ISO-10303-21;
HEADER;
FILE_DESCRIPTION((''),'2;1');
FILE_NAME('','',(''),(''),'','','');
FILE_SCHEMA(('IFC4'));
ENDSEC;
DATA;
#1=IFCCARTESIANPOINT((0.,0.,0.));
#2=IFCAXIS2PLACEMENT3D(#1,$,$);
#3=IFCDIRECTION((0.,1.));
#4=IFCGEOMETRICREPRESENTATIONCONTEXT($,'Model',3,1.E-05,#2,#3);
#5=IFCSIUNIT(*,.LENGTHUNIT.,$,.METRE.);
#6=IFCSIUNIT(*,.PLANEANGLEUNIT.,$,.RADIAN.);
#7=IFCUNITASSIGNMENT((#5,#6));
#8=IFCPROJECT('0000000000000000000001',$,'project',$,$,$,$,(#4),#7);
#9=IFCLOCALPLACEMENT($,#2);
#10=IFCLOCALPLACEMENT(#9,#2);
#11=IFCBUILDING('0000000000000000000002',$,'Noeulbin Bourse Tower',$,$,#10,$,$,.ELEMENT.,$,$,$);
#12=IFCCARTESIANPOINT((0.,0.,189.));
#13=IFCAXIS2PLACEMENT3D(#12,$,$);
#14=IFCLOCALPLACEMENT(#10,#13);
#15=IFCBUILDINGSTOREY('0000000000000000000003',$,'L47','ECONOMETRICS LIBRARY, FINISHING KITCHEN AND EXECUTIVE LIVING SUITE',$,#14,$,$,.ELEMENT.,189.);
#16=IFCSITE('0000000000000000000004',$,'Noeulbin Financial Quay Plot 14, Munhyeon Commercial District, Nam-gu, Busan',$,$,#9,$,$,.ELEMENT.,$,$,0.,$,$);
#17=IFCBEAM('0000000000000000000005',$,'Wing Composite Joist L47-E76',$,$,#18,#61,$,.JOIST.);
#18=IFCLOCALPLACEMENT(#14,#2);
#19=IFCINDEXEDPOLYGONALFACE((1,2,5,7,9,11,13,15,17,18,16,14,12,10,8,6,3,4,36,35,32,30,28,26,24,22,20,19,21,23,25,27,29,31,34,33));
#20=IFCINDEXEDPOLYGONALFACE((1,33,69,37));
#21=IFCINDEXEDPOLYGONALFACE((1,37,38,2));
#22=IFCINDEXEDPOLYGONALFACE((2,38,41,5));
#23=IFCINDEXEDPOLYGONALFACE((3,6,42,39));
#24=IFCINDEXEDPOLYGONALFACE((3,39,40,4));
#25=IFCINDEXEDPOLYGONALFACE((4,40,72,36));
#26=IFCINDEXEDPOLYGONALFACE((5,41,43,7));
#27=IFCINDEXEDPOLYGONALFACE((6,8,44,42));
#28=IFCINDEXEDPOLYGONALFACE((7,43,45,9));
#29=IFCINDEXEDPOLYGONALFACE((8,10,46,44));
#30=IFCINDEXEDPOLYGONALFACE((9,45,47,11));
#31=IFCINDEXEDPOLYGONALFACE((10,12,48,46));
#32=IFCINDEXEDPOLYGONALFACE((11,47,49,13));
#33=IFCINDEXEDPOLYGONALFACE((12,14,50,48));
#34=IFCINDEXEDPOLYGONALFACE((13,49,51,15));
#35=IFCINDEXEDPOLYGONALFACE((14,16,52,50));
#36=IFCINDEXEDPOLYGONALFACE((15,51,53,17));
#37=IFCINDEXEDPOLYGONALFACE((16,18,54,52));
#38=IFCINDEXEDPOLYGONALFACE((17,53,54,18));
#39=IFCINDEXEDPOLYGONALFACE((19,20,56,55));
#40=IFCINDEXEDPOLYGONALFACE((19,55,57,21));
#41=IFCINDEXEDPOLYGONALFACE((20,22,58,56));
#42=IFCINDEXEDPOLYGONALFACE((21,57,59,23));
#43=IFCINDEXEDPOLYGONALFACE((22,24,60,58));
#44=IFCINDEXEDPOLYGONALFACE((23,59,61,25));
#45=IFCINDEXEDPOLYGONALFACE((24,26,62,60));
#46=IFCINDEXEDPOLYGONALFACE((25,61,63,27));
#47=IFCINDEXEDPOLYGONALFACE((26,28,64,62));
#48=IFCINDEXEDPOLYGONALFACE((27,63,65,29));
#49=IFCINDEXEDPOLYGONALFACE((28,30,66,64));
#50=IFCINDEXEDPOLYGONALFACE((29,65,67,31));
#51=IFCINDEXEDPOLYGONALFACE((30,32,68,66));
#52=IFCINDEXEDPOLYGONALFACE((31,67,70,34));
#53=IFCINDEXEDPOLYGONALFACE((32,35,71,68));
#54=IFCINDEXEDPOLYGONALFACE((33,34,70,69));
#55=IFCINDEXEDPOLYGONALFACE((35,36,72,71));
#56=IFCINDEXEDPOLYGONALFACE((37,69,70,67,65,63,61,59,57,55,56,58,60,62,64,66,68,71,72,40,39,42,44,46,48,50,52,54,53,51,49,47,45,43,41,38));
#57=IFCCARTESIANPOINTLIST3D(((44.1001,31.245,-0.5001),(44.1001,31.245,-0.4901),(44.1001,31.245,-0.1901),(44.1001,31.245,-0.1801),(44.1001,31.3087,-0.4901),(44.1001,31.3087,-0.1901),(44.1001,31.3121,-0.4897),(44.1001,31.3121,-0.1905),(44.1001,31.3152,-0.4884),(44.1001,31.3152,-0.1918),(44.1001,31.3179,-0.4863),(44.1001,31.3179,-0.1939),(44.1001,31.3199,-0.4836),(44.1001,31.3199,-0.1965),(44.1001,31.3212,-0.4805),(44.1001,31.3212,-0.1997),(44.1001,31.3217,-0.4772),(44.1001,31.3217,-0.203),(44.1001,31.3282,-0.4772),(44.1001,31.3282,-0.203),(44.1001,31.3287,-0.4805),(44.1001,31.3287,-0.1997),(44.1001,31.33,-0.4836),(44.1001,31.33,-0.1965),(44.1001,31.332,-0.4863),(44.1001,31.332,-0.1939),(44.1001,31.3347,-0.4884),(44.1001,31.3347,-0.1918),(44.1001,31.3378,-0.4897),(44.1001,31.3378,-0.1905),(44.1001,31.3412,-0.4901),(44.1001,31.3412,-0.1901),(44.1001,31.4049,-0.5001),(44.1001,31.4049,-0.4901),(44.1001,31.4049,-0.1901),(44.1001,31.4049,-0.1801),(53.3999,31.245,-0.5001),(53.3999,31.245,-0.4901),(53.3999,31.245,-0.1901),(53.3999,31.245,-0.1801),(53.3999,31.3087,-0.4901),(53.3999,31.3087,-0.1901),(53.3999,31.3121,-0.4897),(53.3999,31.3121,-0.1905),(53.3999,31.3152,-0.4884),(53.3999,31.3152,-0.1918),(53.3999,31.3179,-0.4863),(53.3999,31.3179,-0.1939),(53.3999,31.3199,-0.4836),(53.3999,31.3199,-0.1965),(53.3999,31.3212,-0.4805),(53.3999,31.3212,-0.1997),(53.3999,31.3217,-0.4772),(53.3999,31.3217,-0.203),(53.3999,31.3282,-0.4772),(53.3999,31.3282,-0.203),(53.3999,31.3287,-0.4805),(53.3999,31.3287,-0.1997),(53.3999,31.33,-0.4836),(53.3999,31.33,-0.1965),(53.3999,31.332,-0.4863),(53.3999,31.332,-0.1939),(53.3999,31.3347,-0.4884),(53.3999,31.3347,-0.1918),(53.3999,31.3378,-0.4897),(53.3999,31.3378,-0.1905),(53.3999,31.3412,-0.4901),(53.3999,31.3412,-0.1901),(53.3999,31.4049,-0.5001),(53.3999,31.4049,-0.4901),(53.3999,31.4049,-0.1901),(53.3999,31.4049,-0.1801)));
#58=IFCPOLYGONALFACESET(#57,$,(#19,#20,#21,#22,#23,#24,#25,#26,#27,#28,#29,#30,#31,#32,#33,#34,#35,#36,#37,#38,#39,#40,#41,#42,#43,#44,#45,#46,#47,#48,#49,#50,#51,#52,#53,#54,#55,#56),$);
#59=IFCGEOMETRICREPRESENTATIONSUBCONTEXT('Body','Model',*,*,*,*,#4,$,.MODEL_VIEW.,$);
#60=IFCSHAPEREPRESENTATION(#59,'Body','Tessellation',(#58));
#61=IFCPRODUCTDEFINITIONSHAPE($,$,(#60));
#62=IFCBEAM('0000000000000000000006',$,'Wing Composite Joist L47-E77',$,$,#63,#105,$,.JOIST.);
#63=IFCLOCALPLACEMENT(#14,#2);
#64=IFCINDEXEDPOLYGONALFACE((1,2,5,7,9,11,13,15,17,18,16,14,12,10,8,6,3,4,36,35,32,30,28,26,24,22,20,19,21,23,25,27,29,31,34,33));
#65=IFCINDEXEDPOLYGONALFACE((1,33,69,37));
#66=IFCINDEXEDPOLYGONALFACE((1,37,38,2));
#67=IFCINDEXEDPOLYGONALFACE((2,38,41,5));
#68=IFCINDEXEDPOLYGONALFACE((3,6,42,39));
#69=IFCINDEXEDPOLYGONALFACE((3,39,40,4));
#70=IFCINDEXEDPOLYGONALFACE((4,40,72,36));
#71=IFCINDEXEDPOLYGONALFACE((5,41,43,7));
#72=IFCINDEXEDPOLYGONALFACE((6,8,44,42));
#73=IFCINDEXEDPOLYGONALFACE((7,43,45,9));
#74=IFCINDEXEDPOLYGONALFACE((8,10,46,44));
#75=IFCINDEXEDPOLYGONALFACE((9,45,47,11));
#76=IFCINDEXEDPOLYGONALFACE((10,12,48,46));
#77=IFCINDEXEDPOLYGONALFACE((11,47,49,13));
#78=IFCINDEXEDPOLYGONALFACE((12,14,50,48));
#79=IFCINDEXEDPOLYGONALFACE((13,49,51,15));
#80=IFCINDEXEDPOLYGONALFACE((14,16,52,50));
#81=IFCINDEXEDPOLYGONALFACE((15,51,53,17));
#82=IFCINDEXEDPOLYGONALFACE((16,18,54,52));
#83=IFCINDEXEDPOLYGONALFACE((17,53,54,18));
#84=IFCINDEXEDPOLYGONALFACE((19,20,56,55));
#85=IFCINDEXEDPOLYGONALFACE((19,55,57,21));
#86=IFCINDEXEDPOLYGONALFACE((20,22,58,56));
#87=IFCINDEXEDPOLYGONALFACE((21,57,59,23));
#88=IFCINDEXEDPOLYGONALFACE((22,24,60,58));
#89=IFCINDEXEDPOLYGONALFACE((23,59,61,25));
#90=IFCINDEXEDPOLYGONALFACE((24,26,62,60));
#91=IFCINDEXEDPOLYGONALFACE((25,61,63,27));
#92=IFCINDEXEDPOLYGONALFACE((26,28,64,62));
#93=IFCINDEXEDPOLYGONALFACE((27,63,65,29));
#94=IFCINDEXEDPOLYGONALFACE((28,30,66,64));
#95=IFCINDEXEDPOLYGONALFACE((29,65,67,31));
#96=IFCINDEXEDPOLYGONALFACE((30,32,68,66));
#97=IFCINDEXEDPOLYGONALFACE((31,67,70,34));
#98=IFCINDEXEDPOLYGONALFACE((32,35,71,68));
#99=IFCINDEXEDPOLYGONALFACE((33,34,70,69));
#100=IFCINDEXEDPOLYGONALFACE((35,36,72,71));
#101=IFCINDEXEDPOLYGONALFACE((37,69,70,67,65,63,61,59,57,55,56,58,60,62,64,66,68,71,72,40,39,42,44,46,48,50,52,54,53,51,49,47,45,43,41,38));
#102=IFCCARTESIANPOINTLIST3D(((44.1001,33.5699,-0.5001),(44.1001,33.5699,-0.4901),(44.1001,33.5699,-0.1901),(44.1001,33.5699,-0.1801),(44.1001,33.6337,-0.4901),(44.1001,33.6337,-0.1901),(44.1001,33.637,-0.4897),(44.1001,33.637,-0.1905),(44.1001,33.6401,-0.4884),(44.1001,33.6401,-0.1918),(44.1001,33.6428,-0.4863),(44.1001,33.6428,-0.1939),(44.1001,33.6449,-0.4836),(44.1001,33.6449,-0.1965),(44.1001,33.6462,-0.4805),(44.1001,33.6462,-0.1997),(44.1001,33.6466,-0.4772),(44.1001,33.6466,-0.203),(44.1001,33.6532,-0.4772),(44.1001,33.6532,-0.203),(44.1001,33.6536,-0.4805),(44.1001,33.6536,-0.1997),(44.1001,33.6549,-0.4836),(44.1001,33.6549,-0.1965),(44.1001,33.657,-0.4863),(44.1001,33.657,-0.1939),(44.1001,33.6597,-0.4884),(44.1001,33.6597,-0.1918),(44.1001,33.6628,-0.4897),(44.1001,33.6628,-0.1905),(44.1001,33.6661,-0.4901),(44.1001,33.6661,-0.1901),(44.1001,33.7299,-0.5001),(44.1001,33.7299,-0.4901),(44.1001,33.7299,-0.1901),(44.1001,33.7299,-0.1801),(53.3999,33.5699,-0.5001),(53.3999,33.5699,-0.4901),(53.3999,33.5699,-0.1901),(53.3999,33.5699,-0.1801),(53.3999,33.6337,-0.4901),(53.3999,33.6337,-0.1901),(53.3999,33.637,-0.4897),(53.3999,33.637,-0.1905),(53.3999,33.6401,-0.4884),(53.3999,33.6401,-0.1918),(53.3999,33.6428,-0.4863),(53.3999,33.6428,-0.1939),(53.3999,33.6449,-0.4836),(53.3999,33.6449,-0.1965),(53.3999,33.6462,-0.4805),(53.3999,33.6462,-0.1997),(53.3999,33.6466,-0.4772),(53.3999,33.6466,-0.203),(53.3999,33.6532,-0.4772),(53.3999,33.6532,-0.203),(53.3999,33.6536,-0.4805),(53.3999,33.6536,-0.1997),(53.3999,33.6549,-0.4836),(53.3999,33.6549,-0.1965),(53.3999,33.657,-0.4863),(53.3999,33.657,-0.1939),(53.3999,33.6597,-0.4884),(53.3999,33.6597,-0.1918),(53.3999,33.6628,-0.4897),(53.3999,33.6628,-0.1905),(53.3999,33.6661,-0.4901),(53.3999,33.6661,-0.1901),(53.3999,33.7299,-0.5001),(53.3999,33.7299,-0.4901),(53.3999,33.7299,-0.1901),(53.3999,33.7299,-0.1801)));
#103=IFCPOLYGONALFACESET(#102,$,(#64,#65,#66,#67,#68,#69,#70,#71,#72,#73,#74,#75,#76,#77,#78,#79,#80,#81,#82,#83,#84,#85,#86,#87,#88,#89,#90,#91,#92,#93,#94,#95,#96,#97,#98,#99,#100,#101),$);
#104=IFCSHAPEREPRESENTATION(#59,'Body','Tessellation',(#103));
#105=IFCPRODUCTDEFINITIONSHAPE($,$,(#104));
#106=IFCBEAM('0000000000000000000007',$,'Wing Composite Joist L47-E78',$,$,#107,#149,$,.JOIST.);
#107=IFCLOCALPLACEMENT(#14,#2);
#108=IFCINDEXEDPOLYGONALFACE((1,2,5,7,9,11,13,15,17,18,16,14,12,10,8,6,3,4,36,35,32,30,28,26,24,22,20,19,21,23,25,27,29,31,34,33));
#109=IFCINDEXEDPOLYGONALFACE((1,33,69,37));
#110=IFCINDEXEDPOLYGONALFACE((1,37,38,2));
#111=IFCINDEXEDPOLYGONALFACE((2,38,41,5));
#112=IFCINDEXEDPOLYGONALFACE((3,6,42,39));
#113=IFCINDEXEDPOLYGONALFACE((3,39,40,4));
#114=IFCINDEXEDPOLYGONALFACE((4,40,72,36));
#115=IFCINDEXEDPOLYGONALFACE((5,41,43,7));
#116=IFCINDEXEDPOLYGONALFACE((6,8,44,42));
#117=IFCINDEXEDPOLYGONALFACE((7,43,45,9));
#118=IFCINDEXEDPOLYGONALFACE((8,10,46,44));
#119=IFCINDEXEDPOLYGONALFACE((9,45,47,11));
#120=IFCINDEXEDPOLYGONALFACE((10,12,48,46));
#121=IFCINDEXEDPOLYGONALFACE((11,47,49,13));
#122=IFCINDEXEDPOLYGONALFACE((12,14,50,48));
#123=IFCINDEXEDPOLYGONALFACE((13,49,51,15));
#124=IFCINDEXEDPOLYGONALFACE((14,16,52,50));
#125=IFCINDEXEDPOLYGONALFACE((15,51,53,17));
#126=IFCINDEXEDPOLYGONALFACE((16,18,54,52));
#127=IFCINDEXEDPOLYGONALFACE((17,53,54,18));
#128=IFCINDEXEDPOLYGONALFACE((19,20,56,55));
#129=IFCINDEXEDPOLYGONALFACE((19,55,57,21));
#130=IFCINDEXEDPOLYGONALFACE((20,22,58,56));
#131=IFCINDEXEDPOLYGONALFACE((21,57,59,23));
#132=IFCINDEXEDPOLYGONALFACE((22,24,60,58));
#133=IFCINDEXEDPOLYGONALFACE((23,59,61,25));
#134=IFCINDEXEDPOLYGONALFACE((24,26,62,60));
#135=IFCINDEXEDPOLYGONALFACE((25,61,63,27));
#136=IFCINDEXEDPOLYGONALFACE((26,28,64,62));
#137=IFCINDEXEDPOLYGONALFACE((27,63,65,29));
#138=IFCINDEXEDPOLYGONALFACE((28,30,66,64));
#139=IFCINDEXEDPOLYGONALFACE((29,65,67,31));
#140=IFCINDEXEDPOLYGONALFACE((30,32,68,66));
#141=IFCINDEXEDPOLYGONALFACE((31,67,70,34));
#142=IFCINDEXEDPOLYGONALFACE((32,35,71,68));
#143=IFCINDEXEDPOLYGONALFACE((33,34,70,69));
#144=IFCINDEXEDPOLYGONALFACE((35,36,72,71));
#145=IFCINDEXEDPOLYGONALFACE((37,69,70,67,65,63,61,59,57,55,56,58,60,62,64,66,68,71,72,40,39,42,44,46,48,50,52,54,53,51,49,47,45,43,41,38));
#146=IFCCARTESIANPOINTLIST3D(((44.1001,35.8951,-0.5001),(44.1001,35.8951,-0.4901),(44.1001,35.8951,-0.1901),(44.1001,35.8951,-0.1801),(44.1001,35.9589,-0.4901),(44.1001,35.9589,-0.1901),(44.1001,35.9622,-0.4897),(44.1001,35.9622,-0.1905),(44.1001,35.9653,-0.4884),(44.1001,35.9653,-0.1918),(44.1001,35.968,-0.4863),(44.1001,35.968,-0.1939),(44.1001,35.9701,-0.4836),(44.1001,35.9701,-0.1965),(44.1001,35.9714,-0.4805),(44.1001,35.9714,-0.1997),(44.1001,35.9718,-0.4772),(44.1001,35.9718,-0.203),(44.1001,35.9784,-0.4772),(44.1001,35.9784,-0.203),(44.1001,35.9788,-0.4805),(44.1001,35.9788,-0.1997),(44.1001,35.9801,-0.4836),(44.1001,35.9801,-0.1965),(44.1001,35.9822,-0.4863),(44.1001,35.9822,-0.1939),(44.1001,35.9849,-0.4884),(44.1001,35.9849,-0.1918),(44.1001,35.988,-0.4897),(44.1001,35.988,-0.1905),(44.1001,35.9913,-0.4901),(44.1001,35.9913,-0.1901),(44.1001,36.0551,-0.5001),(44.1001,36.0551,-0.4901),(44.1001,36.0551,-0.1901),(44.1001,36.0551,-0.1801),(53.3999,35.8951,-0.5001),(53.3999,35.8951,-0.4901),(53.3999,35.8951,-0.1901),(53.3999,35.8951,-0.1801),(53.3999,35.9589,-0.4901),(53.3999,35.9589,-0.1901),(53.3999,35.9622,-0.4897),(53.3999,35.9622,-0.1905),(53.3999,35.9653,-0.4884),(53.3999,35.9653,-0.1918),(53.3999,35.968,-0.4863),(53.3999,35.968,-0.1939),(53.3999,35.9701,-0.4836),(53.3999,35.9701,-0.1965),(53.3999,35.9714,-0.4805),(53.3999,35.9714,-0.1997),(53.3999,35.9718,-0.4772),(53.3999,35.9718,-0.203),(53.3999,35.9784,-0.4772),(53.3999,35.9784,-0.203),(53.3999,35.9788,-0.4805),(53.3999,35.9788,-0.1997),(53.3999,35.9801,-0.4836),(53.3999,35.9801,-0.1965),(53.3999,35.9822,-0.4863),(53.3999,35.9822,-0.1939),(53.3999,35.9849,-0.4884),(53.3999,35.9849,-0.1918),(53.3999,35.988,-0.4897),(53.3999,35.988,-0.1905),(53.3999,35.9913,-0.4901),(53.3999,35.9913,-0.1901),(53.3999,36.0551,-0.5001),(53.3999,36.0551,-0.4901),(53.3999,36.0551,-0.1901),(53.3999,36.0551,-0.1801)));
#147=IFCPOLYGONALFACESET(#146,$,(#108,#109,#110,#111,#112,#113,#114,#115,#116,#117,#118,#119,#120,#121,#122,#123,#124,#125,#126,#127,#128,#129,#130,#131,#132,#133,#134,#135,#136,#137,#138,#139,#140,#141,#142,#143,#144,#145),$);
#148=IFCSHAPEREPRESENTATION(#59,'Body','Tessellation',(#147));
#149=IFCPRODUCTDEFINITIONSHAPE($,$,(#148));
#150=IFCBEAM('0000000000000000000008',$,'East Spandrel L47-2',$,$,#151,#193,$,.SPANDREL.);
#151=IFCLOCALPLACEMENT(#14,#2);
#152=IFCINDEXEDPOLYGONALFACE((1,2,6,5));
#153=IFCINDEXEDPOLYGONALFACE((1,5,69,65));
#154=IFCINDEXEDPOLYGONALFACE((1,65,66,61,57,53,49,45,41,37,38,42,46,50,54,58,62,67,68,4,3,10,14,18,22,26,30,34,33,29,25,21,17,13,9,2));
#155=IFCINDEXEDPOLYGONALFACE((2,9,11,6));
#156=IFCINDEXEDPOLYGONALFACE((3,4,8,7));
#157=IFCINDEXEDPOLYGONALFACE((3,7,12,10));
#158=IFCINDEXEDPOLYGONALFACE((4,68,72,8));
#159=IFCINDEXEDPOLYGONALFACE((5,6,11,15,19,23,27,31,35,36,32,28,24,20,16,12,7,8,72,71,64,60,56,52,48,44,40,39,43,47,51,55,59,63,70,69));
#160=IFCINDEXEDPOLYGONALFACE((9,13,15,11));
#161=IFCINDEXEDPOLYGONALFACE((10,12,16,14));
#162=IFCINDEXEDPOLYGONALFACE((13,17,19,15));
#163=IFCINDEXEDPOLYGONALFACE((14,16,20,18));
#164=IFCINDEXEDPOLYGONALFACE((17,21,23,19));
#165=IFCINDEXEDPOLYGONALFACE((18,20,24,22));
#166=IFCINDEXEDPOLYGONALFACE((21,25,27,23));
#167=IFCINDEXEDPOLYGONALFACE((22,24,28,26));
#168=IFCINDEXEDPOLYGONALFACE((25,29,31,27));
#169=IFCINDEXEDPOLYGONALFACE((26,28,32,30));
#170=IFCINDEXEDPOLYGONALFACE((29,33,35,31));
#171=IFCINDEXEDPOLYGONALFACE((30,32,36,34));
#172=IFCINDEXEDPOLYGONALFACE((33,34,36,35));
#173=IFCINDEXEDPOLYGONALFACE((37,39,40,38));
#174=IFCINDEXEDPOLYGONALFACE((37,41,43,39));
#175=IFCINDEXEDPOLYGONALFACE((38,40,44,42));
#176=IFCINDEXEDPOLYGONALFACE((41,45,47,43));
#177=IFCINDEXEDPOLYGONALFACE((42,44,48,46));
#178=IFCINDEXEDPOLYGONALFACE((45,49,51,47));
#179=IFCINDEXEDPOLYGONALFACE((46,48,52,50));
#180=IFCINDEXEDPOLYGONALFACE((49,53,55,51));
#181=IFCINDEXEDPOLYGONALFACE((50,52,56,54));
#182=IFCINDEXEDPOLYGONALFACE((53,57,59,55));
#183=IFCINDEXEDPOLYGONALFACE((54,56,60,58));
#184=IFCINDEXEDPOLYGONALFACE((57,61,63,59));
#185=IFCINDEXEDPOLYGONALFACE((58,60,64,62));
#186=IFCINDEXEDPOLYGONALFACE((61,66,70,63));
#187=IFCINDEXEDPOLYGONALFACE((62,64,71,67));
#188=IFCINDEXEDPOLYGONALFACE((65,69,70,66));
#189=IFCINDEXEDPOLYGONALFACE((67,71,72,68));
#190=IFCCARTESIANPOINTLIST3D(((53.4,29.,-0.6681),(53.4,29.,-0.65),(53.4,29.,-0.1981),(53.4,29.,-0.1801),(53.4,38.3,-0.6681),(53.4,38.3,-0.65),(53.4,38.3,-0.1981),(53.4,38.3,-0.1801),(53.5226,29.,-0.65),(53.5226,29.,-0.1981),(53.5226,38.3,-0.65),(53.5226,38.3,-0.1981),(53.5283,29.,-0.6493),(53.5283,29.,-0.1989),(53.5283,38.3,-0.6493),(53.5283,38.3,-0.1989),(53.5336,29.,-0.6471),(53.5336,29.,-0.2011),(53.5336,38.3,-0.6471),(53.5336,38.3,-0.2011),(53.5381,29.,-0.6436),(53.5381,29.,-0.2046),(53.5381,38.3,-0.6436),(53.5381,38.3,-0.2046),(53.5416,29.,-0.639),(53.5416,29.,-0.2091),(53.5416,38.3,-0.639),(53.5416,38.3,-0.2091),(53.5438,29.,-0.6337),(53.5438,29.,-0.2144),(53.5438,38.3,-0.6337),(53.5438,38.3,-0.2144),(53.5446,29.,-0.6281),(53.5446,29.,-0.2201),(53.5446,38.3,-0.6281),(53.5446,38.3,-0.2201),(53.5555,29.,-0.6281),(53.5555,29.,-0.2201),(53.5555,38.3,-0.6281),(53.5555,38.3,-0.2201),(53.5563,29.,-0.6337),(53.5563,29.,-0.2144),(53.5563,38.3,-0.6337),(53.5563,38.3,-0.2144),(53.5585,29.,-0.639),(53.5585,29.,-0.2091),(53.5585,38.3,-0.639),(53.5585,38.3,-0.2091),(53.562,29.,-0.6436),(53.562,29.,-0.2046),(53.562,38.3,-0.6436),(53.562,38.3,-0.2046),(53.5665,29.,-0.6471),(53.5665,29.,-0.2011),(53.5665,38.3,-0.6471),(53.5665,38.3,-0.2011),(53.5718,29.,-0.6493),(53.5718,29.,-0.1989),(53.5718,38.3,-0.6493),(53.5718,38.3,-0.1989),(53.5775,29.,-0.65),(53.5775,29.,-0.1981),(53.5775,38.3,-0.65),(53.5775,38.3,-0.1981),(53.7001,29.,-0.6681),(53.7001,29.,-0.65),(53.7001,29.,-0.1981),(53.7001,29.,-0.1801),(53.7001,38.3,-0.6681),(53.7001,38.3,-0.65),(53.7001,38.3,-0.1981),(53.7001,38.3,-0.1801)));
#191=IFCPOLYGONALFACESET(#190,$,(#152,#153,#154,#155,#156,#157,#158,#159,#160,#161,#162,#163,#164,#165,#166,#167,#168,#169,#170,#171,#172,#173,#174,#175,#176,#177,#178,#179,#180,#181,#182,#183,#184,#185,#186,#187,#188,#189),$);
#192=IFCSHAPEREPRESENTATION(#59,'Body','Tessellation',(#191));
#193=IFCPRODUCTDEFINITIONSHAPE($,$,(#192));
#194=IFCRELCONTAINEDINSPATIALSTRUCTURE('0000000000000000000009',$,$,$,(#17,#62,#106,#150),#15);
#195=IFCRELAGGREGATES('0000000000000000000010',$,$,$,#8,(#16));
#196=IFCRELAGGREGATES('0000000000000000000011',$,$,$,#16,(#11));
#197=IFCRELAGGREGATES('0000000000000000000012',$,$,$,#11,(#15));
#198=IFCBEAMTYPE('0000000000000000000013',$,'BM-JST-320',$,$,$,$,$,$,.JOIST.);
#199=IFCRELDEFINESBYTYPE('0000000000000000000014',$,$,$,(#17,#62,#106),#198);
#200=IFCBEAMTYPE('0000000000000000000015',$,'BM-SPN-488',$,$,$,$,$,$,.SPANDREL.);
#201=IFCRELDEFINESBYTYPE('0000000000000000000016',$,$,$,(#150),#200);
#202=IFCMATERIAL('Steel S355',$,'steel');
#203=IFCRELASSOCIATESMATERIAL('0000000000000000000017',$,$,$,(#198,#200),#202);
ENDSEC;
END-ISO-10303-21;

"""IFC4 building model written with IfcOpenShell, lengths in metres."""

from ifc_helpers import new_model, si_unit, direction, frame, origin, origin_2d, place, context, subcontext, project, spatial, i_section, extrude, material, material_profile, profile_set, type_object, element, save


model = new_model("IFC4")

# Units and contexts
model_context = context("Model", 3, precision=1e-05, world=origin(), true_north=direction((0.0, 1.0)))
body_context = subcontext(model_context, "Body", "Model", "MODEL_VIEW")
ifc_project = project(units=[si_unit("LENGTHUNIT", "METRE"), si_unit("PLANEANGLEUNIT", "RADIAN")], contexts=[model_context])

# Site, building, storey
site_placement = place(None, origin())
site = spatial("IfcSite", under=ifc_project, at=site_placement, Name="Noeulbin Financial Quay Plot 14, Munhyeon Commercial District, Nam-gu, Busan", CompositionType="ELEMENT", RefElevation=0.0)
building_placement = place(site_placement, origin())
building = spatial("IfcBuilding", under=site, at=building_placement, Name="Noeulbin Bourse Tower", CompositionType="ELEMENT")
storey_placement = place(building_placement, frame((0.0, 0.0, 189.0)))
storey = spatial("IfcBuildingStorey", under=building, at=storey_placement, Name="L47", Description="ECONOMETRICS LIBRARY, FINISHING KITCHEN AND EXECUTIVE LIVING SUITE", CompositionType="ELEMENT", Elevation=189.0)

# Beams
ifc_material_1 = material(Name="Steel S355", Category="steel")
ifc_material_profile_1 = material_profile(ifc_material_1, i_section(OverallWidth=0.1599, OverallDepth=0.3201, WebThickness=0.0066, FlangeThickness=0.01, FilletRadius=0.0129, at=origin_2d()), Name="H-320x160x6.5x10", Category="LoadBearing")
ifc_profile_set_1 = profile_set([ifc_material_profile_1], Name="Steel S355")
beam_type_1 = type_object("IfcBeamType", Name="BM-JST-320", PredefinedType="JOIST", material=ifc_profile_set_1)
for number, where, z_axis, x_axis, name in (
    (1, (44.1001, 31.325, -0.3401), (1.0, 0.0, 0.0), (0.0, 1.0, 0.0), "Wing Composite Joist L47-E76"),
    (2, (44.1001, 33.6499, -0.3401), (1.0, 0.0, 0.0), (0.0, 1.0, 0.0), "Wing Composite Joist L47-E77"),
    (3, (44.1001, 35.9751, -0.3401), (1.0, 0.0, 0.0), (0.0, 1.0, 0.0), "Wing Composite Joist L47-E78"),
):
    element("IfcBeam", number, at=place(storey_placement, frame(where, z_axis=z_axis, x_axis=x_axis)), inside=storey, type_object=beam_type_1, Name=name, PredefinedType="JOIST", context=body_context, shape_type="SweptSolid", body=[
        extrude(i_section(OverallWidth=0.1599, OverallDepth=0.3201, WebThickness=0.0066, FlangeThickness=0.01, FilletRadius=0.0129, at=origin_2d()), origin(), (0.0, 0.0, 1.0), 9.2998),
    ])
ifc_material_profile_2 = material_profile(ifc_material_1, i_section(OverallWidth=0.3, OverallDepth=0.488, WebThickness=0.011, FlangeThickness=0.0181, FilletRadius=0.022, at=origin_2d()), Name="H-488x300x11x18", Category="LoadBearing")
ifc_profile_set_2 = profile_set([ifc_material_profile_2], Name="Steel S355")
beam_type_2 = type_object("IfcBeamType", Name="BM-SPN-488", PredefinedType="SPANDREL", material=ifc_profile_set_2)
beam_1_placement = place(storey_placement, frame((53.55, 29.0, -0.4241), z_axis=(0.0, 1.0, 0.0), x_axis=(-1.0, 0.0, 0.0)))
element("IfcBeam", 4, at=beam_1_placement, inside=storey, type_object=beam_type_2, Name="East Spandrel L47-2", PredefinedType="SPANDREL", context=body_context, shape_type="SweptSolid", body=[
    extrude(i_section(OverallWidth=0.3, OverallDepth=0.488, WebThickness=0.011, FlangeThickness=0.0181, FilletRadius=0.022, at=origin_2d()), origin(), (0.0, 0.0, 1.0), 9.3),
])

save(model, "model.ifc")
